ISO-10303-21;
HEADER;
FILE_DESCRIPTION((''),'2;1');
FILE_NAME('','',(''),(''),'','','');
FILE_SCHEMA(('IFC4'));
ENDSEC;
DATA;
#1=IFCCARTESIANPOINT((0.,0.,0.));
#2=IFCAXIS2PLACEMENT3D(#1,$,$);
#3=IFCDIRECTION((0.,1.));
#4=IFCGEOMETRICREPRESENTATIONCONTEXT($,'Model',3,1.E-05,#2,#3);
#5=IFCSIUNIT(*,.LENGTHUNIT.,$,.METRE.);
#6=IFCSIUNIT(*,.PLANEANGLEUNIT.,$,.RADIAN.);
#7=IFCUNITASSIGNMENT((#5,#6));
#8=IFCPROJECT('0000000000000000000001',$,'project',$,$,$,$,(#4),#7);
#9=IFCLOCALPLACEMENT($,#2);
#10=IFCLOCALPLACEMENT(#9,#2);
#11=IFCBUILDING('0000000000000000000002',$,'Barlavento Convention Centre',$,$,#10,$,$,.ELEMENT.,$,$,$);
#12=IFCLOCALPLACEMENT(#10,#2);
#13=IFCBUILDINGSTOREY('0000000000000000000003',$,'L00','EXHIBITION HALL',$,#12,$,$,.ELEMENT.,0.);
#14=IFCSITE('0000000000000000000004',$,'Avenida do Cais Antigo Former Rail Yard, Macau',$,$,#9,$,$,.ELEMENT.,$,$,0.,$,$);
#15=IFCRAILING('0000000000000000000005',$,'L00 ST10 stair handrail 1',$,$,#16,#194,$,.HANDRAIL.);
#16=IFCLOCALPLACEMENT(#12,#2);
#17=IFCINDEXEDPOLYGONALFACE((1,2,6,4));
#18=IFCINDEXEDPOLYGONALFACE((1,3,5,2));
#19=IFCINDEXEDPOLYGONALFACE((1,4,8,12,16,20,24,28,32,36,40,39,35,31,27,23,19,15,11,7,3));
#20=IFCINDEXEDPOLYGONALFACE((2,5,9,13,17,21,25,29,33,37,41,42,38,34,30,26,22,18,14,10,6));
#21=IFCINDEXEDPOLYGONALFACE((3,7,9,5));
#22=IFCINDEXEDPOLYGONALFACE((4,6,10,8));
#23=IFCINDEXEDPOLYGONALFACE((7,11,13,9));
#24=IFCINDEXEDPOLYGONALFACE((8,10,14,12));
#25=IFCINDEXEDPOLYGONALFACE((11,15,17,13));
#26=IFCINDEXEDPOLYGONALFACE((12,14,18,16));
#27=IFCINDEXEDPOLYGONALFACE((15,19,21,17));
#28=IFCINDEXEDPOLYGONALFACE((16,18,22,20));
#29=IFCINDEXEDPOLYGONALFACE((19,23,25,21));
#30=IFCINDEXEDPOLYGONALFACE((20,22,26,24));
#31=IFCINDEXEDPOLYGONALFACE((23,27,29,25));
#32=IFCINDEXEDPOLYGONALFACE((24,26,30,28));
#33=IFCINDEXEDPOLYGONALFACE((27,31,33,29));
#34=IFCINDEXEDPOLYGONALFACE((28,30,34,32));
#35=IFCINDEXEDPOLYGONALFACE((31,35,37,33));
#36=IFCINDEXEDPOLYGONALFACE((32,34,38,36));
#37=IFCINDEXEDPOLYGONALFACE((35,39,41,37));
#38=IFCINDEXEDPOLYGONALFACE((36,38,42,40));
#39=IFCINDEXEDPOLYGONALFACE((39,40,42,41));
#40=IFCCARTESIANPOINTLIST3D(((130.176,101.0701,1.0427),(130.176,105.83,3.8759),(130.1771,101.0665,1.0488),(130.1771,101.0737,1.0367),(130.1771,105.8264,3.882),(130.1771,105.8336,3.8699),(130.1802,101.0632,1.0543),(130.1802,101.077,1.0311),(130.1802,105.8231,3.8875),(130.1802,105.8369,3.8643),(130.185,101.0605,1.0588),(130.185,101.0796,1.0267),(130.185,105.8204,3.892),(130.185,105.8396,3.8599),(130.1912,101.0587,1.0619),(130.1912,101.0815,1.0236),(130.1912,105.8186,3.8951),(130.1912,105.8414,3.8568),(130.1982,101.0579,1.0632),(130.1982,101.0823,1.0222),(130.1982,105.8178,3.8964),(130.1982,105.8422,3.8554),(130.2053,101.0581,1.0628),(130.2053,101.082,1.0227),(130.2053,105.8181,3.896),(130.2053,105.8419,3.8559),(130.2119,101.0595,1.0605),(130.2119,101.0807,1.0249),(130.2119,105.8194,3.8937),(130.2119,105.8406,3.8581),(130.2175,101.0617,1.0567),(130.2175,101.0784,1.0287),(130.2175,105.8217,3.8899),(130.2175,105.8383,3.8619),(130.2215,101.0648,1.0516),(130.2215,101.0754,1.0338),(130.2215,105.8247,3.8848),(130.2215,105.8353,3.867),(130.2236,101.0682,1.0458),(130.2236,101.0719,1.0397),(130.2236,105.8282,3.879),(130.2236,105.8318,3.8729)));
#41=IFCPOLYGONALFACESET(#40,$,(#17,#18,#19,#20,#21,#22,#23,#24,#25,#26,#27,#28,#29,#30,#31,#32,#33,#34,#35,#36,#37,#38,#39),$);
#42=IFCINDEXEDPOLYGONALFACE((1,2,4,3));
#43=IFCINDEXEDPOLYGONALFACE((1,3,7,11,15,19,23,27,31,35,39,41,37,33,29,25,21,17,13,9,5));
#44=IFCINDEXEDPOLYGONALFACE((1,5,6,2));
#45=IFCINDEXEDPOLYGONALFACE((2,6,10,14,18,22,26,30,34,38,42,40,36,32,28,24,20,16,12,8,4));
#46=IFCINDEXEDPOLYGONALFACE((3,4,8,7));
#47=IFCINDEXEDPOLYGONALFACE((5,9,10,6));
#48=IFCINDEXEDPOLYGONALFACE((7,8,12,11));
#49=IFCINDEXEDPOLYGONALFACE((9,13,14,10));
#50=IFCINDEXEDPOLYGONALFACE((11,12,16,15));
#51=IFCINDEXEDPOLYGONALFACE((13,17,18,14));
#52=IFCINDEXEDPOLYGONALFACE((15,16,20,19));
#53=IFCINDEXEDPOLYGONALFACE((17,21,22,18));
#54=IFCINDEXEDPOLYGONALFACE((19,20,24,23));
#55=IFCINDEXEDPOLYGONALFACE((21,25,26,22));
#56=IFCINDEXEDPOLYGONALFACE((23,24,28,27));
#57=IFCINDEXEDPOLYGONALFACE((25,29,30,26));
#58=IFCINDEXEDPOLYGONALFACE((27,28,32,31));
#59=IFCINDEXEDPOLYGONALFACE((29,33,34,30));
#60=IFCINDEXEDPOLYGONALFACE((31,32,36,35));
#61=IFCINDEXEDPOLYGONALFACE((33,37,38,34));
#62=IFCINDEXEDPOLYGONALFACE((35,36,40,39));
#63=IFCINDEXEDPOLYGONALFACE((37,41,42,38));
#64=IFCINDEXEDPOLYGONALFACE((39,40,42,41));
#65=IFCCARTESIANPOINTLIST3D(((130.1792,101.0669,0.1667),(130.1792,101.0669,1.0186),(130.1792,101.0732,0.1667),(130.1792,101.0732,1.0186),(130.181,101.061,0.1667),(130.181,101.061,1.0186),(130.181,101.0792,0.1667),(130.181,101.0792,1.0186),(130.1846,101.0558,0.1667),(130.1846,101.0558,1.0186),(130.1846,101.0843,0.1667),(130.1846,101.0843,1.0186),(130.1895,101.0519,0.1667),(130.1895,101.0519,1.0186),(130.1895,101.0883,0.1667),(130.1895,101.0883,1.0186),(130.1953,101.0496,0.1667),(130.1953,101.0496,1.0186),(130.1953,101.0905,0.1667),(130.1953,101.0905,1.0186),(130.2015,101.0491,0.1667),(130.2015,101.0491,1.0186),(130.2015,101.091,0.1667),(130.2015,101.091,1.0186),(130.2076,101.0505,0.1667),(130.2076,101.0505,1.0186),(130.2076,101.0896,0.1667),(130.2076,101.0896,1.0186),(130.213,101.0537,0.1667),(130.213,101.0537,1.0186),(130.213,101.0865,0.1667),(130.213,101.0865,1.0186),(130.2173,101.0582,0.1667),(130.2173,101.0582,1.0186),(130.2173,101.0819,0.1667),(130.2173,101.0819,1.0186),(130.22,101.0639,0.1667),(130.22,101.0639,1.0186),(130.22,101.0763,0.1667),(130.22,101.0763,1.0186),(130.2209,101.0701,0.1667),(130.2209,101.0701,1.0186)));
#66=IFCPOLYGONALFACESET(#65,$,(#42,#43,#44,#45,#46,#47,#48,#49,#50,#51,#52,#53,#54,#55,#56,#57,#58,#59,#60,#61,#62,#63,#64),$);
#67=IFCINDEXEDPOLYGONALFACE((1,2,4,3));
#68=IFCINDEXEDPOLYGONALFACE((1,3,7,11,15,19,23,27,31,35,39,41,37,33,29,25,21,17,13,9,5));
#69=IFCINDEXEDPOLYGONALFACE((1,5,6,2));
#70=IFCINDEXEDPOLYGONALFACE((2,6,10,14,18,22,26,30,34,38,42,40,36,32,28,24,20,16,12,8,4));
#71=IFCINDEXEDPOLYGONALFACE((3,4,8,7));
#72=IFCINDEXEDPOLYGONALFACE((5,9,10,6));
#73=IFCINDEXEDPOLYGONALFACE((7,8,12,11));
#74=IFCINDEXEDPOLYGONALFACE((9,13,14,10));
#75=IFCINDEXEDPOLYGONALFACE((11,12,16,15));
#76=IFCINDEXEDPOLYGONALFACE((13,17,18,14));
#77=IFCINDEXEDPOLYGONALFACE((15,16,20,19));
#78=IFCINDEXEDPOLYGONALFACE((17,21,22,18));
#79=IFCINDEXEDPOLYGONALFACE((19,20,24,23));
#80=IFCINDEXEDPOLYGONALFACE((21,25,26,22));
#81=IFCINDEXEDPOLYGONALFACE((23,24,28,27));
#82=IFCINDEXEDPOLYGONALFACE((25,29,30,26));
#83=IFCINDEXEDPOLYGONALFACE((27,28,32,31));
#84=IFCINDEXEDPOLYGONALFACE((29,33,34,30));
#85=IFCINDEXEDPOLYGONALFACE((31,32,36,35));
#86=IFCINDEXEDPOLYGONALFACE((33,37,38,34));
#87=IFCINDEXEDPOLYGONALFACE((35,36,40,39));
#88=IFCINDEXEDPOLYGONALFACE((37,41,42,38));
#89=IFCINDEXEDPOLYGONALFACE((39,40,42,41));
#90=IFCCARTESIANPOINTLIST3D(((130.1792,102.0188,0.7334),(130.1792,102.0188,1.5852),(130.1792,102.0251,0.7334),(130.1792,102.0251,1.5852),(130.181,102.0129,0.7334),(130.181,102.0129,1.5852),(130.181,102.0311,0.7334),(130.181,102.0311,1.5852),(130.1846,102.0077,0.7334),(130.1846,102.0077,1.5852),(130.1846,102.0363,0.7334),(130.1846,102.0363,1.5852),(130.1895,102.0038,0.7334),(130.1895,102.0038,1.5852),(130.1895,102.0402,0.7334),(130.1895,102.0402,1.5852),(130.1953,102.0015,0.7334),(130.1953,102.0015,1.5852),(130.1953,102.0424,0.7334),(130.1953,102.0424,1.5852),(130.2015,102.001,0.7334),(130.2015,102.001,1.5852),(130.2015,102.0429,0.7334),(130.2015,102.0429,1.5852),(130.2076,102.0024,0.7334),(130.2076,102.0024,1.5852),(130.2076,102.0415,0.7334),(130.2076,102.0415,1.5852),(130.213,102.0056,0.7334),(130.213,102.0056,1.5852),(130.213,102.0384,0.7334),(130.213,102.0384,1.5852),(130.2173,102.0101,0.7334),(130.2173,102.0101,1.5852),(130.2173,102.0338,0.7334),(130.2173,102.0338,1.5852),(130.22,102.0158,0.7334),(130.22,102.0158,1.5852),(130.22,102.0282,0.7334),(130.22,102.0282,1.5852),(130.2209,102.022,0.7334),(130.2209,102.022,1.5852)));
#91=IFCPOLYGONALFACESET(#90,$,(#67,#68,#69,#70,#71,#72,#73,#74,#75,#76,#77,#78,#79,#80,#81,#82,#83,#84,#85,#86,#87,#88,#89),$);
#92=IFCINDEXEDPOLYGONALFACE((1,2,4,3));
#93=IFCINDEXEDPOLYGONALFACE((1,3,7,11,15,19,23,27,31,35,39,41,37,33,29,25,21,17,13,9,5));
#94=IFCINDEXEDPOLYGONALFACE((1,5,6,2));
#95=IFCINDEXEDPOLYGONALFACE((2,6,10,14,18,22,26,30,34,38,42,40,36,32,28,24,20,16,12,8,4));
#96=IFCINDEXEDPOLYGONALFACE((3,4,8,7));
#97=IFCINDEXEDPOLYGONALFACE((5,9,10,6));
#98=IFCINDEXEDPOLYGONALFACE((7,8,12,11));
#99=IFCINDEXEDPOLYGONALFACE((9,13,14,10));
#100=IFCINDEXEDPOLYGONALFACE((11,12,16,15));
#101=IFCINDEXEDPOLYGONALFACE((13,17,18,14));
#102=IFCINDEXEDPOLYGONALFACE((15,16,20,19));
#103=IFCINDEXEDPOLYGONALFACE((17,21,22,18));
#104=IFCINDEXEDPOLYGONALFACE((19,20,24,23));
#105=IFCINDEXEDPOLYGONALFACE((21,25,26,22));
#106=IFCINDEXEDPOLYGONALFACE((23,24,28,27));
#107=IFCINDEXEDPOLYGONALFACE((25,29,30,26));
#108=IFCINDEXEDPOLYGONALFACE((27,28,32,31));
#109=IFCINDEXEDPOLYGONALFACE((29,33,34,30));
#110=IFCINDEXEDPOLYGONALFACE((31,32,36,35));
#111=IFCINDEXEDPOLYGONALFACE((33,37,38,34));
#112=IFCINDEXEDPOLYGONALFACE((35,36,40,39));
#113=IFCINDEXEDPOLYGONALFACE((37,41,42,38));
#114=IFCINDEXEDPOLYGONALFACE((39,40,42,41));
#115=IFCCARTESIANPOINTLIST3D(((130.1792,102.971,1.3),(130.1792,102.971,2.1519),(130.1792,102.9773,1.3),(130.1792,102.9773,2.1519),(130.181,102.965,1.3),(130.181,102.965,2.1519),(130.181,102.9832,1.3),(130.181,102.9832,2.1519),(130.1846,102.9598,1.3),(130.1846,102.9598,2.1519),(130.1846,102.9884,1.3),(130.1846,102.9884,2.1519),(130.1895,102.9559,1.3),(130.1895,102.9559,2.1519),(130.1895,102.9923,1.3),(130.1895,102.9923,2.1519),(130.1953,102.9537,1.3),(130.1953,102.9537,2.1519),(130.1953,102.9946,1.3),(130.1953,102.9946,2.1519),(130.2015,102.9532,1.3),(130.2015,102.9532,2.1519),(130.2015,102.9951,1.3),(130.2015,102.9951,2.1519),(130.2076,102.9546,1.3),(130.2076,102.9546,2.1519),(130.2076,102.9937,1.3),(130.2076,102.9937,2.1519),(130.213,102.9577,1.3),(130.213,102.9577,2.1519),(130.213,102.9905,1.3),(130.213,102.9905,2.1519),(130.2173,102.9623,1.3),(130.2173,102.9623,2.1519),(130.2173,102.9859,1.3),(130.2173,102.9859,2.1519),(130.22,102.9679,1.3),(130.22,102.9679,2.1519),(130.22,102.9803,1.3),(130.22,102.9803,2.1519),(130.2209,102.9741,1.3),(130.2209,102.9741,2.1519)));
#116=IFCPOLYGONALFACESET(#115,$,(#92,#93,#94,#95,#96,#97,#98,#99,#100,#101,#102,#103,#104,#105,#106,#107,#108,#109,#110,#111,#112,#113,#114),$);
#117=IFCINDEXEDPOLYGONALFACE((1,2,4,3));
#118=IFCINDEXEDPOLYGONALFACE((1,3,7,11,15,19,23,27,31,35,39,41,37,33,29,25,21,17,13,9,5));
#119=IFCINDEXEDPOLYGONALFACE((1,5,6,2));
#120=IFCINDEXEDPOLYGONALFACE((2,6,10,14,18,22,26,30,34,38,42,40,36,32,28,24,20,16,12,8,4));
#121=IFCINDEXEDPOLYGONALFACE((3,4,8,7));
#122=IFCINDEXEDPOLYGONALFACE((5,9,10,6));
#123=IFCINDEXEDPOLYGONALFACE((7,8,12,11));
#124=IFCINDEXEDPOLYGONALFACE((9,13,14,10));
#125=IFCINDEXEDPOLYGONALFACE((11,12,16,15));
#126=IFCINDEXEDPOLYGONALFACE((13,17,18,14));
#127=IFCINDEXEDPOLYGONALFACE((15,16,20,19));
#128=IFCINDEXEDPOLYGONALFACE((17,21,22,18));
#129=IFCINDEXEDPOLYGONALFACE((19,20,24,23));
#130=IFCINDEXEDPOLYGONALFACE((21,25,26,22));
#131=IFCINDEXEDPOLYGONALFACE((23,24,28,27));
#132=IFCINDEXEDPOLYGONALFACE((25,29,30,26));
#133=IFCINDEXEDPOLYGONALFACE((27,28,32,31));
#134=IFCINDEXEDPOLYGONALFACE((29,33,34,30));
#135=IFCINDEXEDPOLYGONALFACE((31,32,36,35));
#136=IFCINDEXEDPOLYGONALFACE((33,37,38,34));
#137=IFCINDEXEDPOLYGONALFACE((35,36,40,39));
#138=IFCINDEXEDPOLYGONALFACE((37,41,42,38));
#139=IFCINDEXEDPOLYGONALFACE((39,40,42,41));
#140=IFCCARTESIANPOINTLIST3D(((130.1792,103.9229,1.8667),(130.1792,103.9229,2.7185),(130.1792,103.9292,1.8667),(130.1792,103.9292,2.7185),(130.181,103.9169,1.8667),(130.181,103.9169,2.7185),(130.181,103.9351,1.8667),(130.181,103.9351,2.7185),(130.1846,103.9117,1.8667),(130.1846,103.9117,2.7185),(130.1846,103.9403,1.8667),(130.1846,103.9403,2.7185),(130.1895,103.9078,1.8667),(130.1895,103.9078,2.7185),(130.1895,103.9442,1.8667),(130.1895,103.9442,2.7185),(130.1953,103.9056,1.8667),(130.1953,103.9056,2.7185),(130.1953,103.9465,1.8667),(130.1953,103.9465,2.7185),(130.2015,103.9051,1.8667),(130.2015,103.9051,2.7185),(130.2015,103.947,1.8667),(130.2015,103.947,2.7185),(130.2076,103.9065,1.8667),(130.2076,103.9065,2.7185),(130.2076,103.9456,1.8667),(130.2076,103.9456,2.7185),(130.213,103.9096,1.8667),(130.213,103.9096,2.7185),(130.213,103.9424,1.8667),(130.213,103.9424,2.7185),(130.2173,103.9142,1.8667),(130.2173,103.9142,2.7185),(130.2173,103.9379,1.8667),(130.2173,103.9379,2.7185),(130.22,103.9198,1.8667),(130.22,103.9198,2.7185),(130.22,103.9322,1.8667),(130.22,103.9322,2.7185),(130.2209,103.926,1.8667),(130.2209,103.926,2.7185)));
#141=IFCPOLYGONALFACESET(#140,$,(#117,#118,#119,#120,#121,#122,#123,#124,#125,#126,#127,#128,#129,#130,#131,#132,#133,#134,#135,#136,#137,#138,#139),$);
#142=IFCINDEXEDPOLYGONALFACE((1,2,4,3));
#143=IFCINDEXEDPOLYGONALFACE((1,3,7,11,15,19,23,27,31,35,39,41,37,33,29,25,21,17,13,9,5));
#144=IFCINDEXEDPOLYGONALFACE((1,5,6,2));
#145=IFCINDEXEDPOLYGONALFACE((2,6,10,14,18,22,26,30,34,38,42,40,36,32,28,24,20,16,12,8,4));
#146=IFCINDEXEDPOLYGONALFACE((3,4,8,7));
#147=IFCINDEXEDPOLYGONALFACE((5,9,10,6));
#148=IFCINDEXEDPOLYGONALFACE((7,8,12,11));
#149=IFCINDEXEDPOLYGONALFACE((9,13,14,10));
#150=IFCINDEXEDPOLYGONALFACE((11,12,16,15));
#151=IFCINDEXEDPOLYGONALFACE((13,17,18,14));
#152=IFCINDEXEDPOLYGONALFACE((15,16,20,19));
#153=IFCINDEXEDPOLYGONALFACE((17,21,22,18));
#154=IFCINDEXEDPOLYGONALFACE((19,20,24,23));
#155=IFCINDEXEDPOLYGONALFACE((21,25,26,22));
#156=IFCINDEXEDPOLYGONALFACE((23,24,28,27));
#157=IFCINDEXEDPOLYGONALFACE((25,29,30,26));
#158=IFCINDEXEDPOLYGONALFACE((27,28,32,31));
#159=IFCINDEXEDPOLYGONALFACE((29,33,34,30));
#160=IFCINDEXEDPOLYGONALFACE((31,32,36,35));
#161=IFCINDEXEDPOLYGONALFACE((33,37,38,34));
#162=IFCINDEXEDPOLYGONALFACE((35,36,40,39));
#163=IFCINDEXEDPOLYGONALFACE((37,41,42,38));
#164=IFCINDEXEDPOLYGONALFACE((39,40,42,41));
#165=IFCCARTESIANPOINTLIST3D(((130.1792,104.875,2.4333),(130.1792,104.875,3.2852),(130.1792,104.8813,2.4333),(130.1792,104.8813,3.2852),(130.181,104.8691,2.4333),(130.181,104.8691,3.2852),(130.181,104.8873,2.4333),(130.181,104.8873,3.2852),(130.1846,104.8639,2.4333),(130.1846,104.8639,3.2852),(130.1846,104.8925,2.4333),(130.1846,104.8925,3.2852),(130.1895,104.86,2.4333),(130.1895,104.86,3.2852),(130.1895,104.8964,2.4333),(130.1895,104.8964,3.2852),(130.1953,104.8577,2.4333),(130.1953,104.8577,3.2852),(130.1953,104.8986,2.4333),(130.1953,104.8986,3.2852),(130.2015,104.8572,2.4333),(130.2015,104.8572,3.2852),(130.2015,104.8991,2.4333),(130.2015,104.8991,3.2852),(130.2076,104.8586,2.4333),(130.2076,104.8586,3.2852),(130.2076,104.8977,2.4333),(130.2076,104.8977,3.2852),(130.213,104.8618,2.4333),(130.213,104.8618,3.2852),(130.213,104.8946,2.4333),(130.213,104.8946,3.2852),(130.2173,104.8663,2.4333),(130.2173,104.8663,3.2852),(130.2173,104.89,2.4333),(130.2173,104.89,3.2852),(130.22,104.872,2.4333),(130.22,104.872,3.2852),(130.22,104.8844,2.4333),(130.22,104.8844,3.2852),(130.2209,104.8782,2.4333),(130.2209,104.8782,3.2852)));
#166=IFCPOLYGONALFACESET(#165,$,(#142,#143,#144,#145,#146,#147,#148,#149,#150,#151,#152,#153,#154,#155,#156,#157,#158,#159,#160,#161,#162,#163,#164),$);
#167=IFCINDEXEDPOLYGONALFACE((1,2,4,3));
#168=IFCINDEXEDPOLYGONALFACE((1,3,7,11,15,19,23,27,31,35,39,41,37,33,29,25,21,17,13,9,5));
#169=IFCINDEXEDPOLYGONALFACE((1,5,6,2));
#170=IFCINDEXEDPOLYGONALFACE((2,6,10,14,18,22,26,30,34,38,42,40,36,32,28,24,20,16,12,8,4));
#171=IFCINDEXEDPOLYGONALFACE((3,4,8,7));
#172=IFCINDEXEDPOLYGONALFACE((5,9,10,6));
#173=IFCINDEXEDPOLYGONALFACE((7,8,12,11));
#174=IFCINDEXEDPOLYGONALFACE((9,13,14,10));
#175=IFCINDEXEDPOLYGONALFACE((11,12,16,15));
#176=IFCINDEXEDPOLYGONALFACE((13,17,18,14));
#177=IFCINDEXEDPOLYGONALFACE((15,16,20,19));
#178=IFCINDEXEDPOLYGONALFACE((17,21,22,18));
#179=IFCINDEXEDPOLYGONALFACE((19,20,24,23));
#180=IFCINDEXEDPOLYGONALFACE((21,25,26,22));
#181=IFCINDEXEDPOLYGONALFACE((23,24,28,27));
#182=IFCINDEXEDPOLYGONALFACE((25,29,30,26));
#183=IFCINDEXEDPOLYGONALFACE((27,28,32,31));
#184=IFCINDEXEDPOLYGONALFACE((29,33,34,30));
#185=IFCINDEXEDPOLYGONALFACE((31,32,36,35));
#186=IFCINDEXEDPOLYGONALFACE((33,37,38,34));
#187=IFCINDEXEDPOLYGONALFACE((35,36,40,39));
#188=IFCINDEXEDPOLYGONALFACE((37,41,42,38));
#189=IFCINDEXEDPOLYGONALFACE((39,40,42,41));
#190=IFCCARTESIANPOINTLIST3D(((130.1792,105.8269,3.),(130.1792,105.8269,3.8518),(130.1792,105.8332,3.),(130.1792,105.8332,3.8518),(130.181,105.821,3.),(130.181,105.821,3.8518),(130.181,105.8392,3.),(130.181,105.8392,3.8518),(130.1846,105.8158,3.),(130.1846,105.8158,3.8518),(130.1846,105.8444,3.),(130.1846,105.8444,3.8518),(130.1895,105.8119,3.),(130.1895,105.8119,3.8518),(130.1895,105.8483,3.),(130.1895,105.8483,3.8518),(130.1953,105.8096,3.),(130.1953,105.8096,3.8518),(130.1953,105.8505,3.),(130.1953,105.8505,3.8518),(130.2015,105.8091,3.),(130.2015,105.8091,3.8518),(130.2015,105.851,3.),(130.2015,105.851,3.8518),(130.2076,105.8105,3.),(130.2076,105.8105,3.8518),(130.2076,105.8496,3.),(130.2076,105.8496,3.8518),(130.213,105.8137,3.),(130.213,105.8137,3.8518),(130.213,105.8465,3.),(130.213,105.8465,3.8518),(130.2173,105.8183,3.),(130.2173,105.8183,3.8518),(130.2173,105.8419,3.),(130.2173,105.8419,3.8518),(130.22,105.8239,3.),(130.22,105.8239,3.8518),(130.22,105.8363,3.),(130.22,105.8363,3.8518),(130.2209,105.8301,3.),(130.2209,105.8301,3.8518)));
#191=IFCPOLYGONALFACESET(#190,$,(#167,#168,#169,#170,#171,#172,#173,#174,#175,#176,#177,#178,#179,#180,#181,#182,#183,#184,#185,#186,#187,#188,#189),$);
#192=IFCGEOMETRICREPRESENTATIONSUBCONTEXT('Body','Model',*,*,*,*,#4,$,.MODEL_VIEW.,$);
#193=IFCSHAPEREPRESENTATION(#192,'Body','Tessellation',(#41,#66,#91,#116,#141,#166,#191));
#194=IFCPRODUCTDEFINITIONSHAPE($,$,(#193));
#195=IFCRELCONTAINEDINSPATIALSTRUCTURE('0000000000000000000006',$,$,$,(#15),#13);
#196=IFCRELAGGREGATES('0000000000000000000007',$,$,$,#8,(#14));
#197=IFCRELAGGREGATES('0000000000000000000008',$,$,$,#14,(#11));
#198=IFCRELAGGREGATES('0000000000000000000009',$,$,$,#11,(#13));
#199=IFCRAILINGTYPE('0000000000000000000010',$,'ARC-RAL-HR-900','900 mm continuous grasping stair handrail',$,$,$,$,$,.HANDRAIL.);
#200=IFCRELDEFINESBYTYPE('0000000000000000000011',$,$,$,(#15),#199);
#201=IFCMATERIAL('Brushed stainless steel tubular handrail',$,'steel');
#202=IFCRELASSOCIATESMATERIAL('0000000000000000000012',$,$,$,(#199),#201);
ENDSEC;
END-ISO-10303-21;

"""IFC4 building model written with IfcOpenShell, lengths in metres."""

from ifc_helpers import new_model, si_unit, direction, frame, origin, origin_2d, place, context, subcontext, project, spatial, circle, extrude, material, type_object, element, save


model = new_model("IFC4")

# Units and contexts
model_context = context("Model", 3, precision=1e-05, world=origin(), true_north=direction((0.0, 1.0)))
body_context = subcontext(model_context, "Body", "Model", "MODEL_VIEW")
ifc_project = project(units=[si_unit("LENGTHUNIT", "METRE"), si_unit("PLANEANGLEUNIT", "RADIAN")], contexts=[model_context])

# Site, building, storey
site_placement = place(None, origin())
site = spatial("IfcSite", under=ifc_project, at=site_placement, Name="Avenida do Cais Antigo Former Rail Yard, Macau", CompositionType="ELEMENT", RefElevation=0.0)
building_placement = place(site_placement, origin())
building = spatial("IfcBuilding", under=site, at=building_placement, Name="Barlavento Convention Centre", CompositionType="ELEMENT")
storey_placement = place(building_placement, origin())
storey = spatial("IfcBuildingStorey", under=building, at=storey_placement, Name="L00", Description="EXHIBITION HALL", CompositionType="ELEMENT", Elevation=0.0)

# Railing
ifc_material_1 = material(Name="Brushed stainless steel tubular handrail", Category="steel")
railing_type_1 = type_object("IfcRailingType", Name="ARC-RAL-HR-900", Description="900 mm continuous grasping stair handrail", PredefinedType="HANDRAIL", material=ifc_material_1)
railing_1_placement = place(storey_placement, frame((130.2, 101.0701, 0.1667)))
element("IfcRailing", 1, at=railing_1_placement, inside=storey, type_object=railing_type_1, Name="L00 ST10 stair handrail 1", PredefinedType="HANDRAIL", context=body_context, shape_type="SweptSolid", body=[
    extrude(circle(Radius=0.0239, at=origin_2d()), frame((0.0, 0.0, 0.876), z_axis=(0.0, 0.8593, 0.511472), x_axis=(-1.0, 0.0, 0.0)), (0.0, 0.0, 1.0), 5.5393),
    extrude(circle(Radius=0.021, at=origin_2d()), origin(), (0.0, 0.0, 1.0), 0.8518),
    extrude(circle(Radius=0.021, at=origin_2d()), frame((0.0, 0.9519, 0.5667)), (0.0, 0.0, 1.0), 0.8518),
    extrude(circle(Radius=0.021, at=origin_2d()), frame((0.0, 1.9041, 1.1333)), (0.0, 0.0, 1.0), 0.8518),
    extrude(circle(Radius=0.021, at=origin_2d()), frame((0.0, 2.856, 1.7)), (0.0, 0.0, 1.0), 0.8518),
    extrude(circle(Radius=0.021, at=origin_2d()), frame((0.0, 3.8081, 2.2666)), (0.0, 0.0, 1.0), 0.8518),
    extrude(circle(Radius=0.021, at=origin_2d()), frame((0.0, 4.76, 2.8333)), (0.0, 0.0, 1.0), 0.8518),
])

save(model, "model.ifc")
